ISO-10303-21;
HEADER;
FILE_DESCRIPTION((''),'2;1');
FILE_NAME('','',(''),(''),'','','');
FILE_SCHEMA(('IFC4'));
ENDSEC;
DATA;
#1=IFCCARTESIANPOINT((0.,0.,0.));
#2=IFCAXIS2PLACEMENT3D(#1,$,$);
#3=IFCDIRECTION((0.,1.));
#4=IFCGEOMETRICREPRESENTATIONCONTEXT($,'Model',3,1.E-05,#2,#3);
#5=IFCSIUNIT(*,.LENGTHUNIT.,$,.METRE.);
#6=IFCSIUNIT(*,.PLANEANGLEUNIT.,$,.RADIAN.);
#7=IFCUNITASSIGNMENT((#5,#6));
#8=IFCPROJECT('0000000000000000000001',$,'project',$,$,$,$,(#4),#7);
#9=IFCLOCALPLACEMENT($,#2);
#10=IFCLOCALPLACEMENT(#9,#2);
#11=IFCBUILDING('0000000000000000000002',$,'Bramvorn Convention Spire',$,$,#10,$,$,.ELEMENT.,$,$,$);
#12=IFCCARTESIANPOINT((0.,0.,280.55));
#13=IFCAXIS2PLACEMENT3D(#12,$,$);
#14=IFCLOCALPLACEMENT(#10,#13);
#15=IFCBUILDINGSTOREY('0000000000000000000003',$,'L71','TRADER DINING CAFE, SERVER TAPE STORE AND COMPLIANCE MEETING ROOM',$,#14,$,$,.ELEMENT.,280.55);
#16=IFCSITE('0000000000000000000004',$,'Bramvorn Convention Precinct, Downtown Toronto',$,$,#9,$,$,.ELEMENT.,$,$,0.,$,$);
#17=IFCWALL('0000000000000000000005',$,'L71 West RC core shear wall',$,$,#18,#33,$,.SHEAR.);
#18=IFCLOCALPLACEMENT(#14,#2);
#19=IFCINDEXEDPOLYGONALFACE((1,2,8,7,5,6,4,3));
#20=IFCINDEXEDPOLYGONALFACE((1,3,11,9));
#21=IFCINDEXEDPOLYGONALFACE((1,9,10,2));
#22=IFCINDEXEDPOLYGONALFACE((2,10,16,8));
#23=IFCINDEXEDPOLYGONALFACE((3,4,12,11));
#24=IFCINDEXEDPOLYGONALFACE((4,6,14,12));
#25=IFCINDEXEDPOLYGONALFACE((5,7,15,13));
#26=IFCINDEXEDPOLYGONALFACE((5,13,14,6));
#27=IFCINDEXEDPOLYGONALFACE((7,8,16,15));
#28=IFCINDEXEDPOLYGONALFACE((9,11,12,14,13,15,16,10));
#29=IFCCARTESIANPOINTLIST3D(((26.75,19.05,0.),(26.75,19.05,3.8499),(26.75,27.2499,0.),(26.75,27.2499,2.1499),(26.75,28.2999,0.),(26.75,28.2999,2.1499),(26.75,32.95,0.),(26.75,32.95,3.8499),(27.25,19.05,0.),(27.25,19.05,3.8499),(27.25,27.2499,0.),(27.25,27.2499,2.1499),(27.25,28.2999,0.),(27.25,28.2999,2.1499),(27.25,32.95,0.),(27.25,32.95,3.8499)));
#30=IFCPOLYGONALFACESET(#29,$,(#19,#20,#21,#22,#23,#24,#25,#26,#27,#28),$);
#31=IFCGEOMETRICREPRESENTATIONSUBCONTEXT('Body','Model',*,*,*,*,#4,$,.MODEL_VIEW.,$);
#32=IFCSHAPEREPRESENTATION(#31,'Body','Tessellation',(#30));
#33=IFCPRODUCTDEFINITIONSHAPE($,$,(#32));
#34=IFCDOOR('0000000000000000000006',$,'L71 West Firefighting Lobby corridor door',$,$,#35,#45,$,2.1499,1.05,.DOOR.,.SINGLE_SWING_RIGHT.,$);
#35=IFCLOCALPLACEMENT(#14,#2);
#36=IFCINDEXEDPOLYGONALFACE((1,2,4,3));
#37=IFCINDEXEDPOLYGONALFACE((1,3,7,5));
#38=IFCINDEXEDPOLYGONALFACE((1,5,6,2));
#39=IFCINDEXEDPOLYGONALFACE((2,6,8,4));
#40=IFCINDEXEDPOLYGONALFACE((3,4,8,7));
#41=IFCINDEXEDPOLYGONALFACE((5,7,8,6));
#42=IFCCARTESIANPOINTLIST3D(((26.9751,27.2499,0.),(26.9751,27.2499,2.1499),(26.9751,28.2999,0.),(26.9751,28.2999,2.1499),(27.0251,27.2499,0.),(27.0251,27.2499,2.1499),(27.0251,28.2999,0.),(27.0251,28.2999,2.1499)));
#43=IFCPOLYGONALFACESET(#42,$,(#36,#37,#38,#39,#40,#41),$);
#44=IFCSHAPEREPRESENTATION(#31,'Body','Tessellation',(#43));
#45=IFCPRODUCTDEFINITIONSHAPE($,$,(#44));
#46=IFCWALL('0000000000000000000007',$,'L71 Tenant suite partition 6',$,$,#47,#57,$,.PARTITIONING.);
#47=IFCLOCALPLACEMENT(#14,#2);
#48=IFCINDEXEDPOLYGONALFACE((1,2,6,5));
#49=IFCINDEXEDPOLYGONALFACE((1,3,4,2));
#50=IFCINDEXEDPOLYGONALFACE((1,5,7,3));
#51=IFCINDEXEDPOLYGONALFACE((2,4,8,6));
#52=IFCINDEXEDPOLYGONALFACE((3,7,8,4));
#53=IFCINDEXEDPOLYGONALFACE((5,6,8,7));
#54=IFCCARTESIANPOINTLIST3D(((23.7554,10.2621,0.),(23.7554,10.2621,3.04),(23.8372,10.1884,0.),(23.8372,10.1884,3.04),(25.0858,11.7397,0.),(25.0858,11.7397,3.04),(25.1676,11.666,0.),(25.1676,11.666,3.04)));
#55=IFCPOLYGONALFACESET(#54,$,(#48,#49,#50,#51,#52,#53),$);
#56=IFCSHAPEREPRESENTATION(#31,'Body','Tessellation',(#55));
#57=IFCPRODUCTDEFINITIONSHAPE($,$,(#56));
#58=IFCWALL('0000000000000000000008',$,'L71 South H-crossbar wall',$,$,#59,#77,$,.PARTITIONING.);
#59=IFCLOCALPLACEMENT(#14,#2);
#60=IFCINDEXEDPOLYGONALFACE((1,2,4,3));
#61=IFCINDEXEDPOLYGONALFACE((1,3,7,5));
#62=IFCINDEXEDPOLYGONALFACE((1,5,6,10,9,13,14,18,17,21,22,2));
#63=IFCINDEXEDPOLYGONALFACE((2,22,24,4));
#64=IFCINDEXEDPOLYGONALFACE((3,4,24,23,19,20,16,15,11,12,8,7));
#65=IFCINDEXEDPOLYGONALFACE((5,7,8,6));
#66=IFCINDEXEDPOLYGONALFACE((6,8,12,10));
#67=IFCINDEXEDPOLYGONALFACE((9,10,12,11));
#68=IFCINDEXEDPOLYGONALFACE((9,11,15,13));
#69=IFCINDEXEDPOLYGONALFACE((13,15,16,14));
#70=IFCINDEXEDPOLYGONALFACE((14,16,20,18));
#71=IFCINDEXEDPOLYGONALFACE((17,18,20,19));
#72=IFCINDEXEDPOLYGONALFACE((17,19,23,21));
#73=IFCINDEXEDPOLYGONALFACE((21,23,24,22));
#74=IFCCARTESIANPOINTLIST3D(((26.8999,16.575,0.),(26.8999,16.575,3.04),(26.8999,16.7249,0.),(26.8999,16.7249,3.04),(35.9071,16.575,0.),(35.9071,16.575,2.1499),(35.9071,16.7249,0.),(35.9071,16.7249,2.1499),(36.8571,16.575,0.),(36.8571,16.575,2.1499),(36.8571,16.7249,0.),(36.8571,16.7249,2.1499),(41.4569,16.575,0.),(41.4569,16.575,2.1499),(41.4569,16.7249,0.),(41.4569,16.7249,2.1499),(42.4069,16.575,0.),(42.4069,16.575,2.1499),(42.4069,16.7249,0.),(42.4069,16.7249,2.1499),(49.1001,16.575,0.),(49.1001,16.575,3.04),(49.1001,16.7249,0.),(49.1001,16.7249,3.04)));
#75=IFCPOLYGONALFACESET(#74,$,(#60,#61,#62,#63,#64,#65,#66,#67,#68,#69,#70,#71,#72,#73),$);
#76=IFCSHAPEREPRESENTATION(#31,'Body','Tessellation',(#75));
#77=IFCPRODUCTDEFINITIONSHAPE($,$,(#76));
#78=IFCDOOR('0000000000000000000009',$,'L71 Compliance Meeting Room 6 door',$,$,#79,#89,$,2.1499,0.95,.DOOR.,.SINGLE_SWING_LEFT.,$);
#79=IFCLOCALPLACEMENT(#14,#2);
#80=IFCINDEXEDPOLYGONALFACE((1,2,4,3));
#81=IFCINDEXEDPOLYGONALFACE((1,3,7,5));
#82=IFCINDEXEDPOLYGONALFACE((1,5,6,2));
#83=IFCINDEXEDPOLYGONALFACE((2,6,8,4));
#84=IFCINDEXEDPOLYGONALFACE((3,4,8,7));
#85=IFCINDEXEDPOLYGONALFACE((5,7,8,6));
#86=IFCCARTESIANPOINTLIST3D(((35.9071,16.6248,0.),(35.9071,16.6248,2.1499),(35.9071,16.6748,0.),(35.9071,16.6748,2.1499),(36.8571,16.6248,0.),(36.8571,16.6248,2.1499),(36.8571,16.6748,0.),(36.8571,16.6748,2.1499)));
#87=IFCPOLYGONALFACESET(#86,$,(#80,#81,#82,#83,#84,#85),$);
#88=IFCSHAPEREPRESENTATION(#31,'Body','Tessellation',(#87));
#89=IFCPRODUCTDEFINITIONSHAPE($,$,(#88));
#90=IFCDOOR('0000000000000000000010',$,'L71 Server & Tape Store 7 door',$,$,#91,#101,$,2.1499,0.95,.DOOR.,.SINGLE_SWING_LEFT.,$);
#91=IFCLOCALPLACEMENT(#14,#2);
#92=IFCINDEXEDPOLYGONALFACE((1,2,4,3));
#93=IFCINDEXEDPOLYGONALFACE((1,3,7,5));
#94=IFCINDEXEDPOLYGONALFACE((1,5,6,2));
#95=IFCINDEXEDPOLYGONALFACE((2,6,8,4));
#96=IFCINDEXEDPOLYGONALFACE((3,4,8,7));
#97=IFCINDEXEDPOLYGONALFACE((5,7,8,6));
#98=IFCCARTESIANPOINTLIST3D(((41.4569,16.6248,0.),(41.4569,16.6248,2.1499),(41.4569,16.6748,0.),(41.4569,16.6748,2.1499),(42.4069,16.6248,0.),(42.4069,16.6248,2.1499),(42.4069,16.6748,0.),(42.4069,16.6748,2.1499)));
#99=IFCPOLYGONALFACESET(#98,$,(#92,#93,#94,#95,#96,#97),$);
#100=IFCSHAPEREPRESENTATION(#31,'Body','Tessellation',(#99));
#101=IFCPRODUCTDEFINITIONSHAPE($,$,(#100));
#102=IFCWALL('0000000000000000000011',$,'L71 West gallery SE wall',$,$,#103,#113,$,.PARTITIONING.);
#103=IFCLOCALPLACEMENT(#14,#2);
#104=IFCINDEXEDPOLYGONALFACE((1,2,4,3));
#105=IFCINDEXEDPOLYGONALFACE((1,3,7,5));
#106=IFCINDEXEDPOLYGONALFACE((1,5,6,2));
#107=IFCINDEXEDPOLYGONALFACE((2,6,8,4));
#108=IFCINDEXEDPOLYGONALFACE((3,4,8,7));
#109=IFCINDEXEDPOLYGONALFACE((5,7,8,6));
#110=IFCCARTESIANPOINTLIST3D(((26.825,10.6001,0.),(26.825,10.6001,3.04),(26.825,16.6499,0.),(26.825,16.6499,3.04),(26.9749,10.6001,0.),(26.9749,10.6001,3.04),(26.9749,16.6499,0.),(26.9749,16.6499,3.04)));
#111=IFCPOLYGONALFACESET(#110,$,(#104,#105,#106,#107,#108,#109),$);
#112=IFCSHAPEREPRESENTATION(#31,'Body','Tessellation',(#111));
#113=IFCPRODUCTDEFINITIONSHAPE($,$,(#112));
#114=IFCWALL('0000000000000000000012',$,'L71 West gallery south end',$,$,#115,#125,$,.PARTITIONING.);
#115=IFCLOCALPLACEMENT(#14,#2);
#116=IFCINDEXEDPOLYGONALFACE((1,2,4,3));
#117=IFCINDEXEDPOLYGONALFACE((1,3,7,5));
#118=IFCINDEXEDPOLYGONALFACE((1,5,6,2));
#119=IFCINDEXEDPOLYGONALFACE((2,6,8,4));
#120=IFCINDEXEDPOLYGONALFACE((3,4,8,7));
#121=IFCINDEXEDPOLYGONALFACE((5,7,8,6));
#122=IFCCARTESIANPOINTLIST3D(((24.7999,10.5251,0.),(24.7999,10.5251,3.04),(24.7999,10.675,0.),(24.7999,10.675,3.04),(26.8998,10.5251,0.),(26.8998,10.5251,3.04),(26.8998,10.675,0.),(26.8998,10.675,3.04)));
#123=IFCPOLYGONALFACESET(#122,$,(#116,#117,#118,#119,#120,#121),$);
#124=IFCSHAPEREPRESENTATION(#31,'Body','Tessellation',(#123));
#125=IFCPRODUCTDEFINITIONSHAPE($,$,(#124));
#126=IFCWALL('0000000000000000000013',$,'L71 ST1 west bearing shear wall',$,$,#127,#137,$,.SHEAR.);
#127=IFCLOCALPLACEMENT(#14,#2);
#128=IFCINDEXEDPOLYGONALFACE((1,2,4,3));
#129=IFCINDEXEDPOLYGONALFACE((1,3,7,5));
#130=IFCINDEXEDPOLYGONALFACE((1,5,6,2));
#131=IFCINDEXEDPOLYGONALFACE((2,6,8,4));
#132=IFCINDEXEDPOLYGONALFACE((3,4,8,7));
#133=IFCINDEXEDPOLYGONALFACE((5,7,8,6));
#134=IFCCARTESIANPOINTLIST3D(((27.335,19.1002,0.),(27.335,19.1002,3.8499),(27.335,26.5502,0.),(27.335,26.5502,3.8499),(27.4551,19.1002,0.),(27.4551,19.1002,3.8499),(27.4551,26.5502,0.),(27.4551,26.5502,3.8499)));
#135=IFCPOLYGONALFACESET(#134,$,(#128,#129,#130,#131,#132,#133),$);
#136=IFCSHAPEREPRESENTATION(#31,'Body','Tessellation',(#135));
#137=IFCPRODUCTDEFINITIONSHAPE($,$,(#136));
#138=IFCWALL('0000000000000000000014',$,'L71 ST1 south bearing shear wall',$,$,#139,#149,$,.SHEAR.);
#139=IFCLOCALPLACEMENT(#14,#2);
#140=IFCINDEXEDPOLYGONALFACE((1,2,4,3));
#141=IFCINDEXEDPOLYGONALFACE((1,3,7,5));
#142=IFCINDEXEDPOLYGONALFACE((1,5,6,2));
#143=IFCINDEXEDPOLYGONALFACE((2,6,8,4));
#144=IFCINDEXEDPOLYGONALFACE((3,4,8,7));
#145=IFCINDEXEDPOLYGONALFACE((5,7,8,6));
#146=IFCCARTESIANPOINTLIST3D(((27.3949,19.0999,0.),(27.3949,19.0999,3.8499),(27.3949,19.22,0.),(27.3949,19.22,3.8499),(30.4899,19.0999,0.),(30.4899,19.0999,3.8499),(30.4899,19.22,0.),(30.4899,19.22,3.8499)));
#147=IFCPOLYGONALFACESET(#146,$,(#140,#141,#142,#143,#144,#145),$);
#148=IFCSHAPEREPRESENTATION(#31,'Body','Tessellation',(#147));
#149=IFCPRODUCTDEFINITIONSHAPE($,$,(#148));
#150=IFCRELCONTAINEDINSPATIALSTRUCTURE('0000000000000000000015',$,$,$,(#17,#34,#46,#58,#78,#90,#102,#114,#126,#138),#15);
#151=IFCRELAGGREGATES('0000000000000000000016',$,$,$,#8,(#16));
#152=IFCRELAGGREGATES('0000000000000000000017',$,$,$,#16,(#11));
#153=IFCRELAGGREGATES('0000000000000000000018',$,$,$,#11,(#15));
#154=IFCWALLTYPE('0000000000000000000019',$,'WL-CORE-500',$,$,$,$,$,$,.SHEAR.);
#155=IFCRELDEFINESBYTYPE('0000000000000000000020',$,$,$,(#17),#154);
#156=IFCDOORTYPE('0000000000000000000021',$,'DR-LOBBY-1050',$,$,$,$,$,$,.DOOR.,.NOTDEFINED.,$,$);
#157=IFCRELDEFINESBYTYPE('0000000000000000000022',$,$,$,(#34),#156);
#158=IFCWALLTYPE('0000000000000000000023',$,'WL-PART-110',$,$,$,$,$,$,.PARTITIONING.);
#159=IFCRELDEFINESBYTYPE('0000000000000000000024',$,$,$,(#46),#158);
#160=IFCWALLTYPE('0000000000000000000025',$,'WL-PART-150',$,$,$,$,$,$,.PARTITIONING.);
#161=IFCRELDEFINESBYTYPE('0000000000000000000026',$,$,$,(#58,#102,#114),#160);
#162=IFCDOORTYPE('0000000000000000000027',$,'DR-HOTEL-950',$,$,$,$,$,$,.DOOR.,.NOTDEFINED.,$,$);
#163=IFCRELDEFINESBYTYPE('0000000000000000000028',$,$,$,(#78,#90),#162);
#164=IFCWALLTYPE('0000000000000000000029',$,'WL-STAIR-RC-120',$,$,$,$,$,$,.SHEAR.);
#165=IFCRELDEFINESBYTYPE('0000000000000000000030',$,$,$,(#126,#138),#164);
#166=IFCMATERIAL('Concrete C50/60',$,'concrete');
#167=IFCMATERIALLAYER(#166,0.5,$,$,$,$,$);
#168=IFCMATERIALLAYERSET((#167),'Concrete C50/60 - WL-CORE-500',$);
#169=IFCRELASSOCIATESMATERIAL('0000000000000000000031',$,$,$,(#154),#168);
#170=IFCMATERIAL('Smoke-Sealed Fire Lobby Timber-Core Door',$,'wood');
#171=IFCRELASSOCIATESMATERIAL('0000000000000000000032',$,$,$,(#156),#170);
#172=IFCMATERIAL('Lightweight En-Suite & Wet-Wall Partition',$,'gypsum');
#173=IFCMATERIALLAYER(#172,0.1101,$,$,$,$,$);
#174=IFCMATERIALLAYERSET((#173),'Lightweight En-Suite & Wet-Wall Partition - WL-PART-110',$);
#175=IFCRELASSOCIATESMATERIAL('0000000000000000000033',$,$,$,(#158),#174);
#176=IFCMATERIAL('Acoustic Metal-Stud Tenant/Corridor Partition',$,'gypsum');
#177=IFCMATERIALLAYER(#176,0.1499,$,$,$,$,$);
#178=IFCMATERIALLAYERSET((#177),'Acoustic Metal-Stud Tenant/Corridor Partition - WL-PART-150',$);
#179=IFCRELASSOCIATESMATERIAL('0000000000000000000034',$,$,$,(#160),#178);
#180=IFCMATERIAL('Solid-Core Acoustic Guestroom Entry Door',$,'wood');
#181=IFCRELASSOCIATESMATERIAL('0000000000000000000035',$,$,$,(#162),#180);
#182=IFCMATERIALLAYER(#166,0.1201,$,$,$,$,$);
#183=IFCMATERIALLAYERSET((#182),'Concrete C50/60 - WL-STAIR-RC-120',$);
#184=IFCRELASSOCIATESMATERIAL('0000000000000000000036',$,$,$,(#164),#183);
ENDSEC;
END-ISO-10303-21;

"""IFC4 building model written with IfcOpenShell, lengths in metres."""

from ifc_helpers import new_model, si_unit, direction, frame, frame_2d, origin, place, context, subcontext, project, spatial, rectangle, extrude, material, layer, layer_set, type_object, element, fill, save


model = new_model("IFC4")

# Units and contexts
model_context = context("Model", 3, precision=1e-05, world=origin(), true_north=direction((0.0, 1.0)))
body_context = subcontext(model_context, "Body", "Model", "MODEL_VIEW")
ifc_project = project(units=[si_unit("LENGTHUNIT", "METRE"), si_unit("PLANEANGLEUNIT", "RADIAN")], contexts=[model_context])

# Site, building, storey
site_placement = place(None, origin())
site = spatial("IfcSite", under=ifc_project, at=site_placement, Name="Bramvorn Convention Precinct, Downtown Toronto", CompositionType="ELEMENT", RefElevation=0.0)
building_placement = place(site_placement, origin())
building = spatial("IfcBuilding", under=site, at=building_placement, Name="Bramvorn Convention Spire", CompositionType="ELEMENT")
storey_placement = place(building_placement, frame((0.0, 0.0, 280.55)))
storey = spatial("IfcBuildingStorey", under=building, at=storey_placement, Name="L71", Description="TRADER DINING CAFE, SERVER TAPE STORE AND COMPLIANCE MEETING ROOM", CompositionType="ELEMENT", Elevation=280.55)

# Wall, opening, door
ifc_material_1 = material(Name="Concrete C50/60", Category="concrete")
ifc_layer_1 = layer(ifc_material_1, 0.5)
ifc_layer_set_1 = layer_set([ifc_layer_1], Name="Concrete C50/60 - WL-CORE-500")
wall_type_1 = type_object("IfcWallType", Name="WL-CORE-500", PredefinedType="SHEAR", material=ifc_layer_set_1)
ifc_material_2 = material(Name="Smoke-Sealed Fire Lobby Timber-Core Door", Category="wood")
door_type_1 = type_object("IfcDoorType", Name="DR-LOBBY-1050", OperationType="NOTDEFINED", PredefinedType="DOOR", material=ifc_material_2)
wall_1_placement = place(storey_placement, frame((27.0, 19.05, 0.0), z_axis=(0.0, 0.0, 1.0), x_axis=(0.0, 1.0, 0.0)))
wall_1 = element("IfcWall", 1, at=wall_1_placement, inside=storey, type_object=wall_type_1, Name="L71 West RC core shear wall", PredefinedType="SHEAR", context=body_context, shape_type="SweptSolid", body=[
    extrude(rectangle(XDim=13.8999, YDim=0.5, at=frame_2d((6.95, 0.0))), origin(), (0.0, 0.0, 1.0), 3.8499),
])
opening_1_placement = place(wall_1_placement, frame((8.2, 0.0, 0.0)))
opening_1 = element("IfcOpeningElement", 2, at=opening_1_placement, cuts=wall_1, PredefinedType="OPENING", context=body_context, shape_type="SweptSolid", body=[
    extrude(rectangle(XDim=1.05, YDim=2.1499, at=frame_2d((0.5249, 1.075))), frame((0.0, 0.26, 0.0), z_axis=(0.0, -1.0, 0.0), x_axis=(1.0, 0.0, 0.0)), (0.0, 0.0, 1.0), 0.52),
])
door_1_placement = place(opening_1_placement, origin())
door_1 = element("IfcDoor", 3, at=door_1_placement, inside=storey, type_object=door_type_1, Name="L71 West Firefighting Lobby corridor door", OperationType="SINGLE_SWING_RIGHT", OverallHeight=2.1499, OverallWidth=1.05, PredefinedType="DOOR", context=body_context, shape_type="SweptSolid", body=[
    extrude(rectangle(XDim=1.05, YDim=2.1499, at=frame_2d((0.5249, 1.075))), frame((0.0, 0.0249, 0.0), z_axis=(0.0, -1.0, 0.0), x_axis=(1.0, 0.0, 0.0)), (0.0, 0.0, 1.0), 0.05),
])
fill(opening_1, door_1)

# Wall
ifc_material_3 = material(Name="Lightweight En-Suite & Wet-Wall Partition", Category="gypsum")
ifc_layer_2 = layer(ifc_material_3, 0.1101)
ifc_layer_set_2 = layer_set([ifc_layer_2], Name="Lightweight En-Suite & Wet-Wall Partition - WL-PART-110")
wall_type_2 = type_object("IfcWallType", Name="WL-PART-110", PredefinedType="PARTITIONING", material=ifc_layer_set_2)
wall_2_placement = place(storey_placement, frame((25.1267, 11.7029, 0.0), z_axis=(0.0, 0.0, 1.0), x_axis=(-0.669114, -0.74316, 0.0)))
element("IfcWall", 4, at=wall_2_placement, inside=storey, type_object=wall_type_2, Name="L71 Tenant suite partition 6", PredefinedType="PARTITIONING", context=body_context, shape_type="SweptSolid", body=[
    extrude(rectangle(XDim=1.9883, YDim=0.1101, at=frame_2d((0.9941, 0.0))), origin(), (0.0, 0.0, 1.0), 3.04),
])

# Wall, openings, doors
ifc_material_4 = material(Name="Acoustic Metal-Stud Tenant/Corridor Partition", Category="gypsum")
ifc_layer_3 = layer(ifc_material_4, 0.1499)
ifc_layer_set_3 = layer_set([ifc_layer_3], Name="Acoustic Metal-Stud Tenant/Corridor Partition - WL-PART-150")
wall_type_3 = type_object("IfcWallType", Name="WL-PART-150", PredefinedType="PARTITIONING", material=ifc_layer_set_3)
wall_3_placement = place(storey_placement, frame((26.8999, 16.6499, 0.0), z_axis=(0.0, 0.0, 1.0), x_axis=(1.0, 0.0, 0.0)))
wall_3 = element("IfcWall", 5, at=wall_3_placement, inside=storey, type_object=wall_type_3, Name="L71 South H-crossbar wall", PredefinedType="PARTITIONING", context=body_context, shape_type="SweptSolid", body=[
    extrude(rectangle(XDim=22.2002, YDim=0.1499, at=frame_2d((11.1001, 0.0))), origin(), (0.0, 0.0, 1.0), 3.04),
])
opening_2_placement = place(wall_3_placement, frame((9.0071, 0.0, 0.0)))
opening_2 = element("IfcOpeningElement", 6, at=opening_2_placement, cuts=wall_3, PredefinedType="OPENING", context=body_context, shape_type="SweptSolid", body=[
    extrude(rectangle(XDim=0.95, YDim=2.1499, at=frame_2d((0.4751, 1.075))), frame((0.0, 0.085, 0.0), z_axis=(0.0, -1.0, 0.0), x_axis=(1.0, 0.0, 0.0)), (0.0, 0.0, 1.0), 0.1699),
])
opening_3_placement = place(wall_3_placement, frame((14.5569, 0.0, 0.0)))
opening_3 = element("IfcOpeningElement", 7, at=opening_3_placement, cuts=wall_3, PredefinedType="OPENING", context=body_context, shape_type="SweptSolid", body=[
    extrude(rectangle(XDim=0.95, YDim=2.1499, at=frame_2d((0.4751, 1.075))), frame((0.0, 0.085, 0.0), z_axis=(0.0, -1.0, 0.0), x_axis=(1.0, 0.0, 0.0)), (0.0, 0.0, 1.0), 0.1699),
])
ifc_material_5 = material(Name="Solid-Core Acoustic Guestroom Entry Door", Category="wood")
door_type_2 = type_object("IfcDoorType", Name="DR-HOTEL-950", OperationType="NOTDEFINED", PredefinedType="DOOR", material=ifc_material_5)
door_2_placement = place(opening_2_placement, origin())
door_2 = element("IfcDoor", 8, at=door_2_placement, inside=storey, type_object=door_type_2, Name="L71 Compliance Meeting Room 6 door", OperationType="SINGLE_SWING_LEFT", OverallHeight=2.1499, OverallWidth=0.95, PredefinedType="DOOR", context=body_context, shape_type="SweptSolid", body=[
    extrude(rectangle(XDim=0.95, YDim=2.1499, at=frame_2d((0.4751, 1.075))), frame((0.0, 0.0249, 0.0), z_axis=(0.0, -1.0, 0.0), x_axis=(1.0, 0.0, 0.0)), (0.0, 0.0, 1.0), 0.05),
])
fill(opening_2, door_2)
door_3_placement = place(opening_3_placement, origin())
door_3 = element("IfcDoor", 9, at=door_3_placement, inside=storey, type_object=door_type_2, Name="L71 Server & Tape Store 7 door", OperationType="SINGLE_SWING_LEFT", OverallHeight=2.1499, OverallWidth=0.95, PredefinedType="DOOR", context=body_context, shape_type="SweptSolid", body=[
    extrude(rectangle(XDim=0.95, YDim=2.1499, at=frame_2d((0.4751, 1.075))), frame((0.0, 0.0249, 0.0), z_axis=(0.0, -1.0, 0.0), x_axis=(1.0, 0.0, 0.0)), (0.0, 0.0, 1.0), 0.05),
])
fill(opening_3, door_3)

# Walls
wall_4_placement = place(storey_placement, frame((26.8999, 10.6001, 0.0), z_axis=(0.0, 0.0, 1.0), x_axis=(0.0, 1.0, 0.0)))
element("IfcWall", 10, at=wall_4_placement, inside=storey, type_object=wall_type_3, Name="L71 West gallery SE wall", PredefinedType="PARTITIONING", context=body_context, shape_type="SweptSolid", body=[
    extrude(rectangle(XDim=6.0498, YDim=0.1499, at=frame_2d((3.0249, 0.0))), origin(), (0.0, 0.0, 1.0), 3.04),
])
wall_5_placement = place(storey_placement, frame((24.8, 10.6001, 0.0), z_axis=(0.0, 0.0, 1.0), x_axis=(1.0, 0.0, 0.0)))
element("IfcWall", 11, at=wall_5_placement, inside=storey, type_object=wall_type_3, Name="L71 West gallery south end", PredefinedType="PARTITIONING", context=body_context, shape_type="SweptSolid", body=[
    extrude(rectangle(XDim=2.0999, YDim=0.1499, at=frame_2d((1.0498, 0.0))), origin(), (0.0, 0.0, 1.0), 3.04),
])
ifc_layer_4 = layer(ifc_material_1, 0.1201)
ifc_layer_set_4 = layer_set([ifc_layer_4], Name="Concrete C50/60 - WL-STAIR-RC-120")
wall_type_4 = type_object("IfcWallType", Name="WL-STAIR-RC-120", PredefinedType="SHEAR", material=ifc_layer_set_4)
wall_6_placement = place(storey_placement, frame((27.395, 19.1001, 0.0), z_axis=(0.0, 0.0, 1.0), x_axis=(0.0, 1.0, 0.0)))
element("IfcWall", 12, at=wall_6_placement, inside=storey, type_object=wall_type_4, Name="L71 ST1 west bearing shear wall", PredefinedType="SHEAR", context=body_context, shape_type="SweptSolid", body=[
    extrude(rectangle(XDim=7.45, YDim=0.1201, at=frame_2d((3.7251, 0.0))), origin(), (0.0, 0.0, 1.0), 3.8499),
])
wall_7_placement = place(storey_placement, frame((27.395, 19.1599, 0.0), z_axis=(0.0, 0.0, 1.0), x_axis=(1.0, 0.0, 0.0)))
element("IfcWall", 13, at=wall_7_placement, inside=storey, type_object=wall_type_4, Name="L71 ST1 south bearing shear wall", PredefinedType="SHEAR", context=body_context, shape_type="SweptSolid", body=[
    extrude(rectangle(XDim=3.095, YDim=0.1201, at=frame_2d((1.5474, 0.0))), origin(), (0.0, 0.0, 1.0), 3.8499),
])

save(model, "model.ifc")
